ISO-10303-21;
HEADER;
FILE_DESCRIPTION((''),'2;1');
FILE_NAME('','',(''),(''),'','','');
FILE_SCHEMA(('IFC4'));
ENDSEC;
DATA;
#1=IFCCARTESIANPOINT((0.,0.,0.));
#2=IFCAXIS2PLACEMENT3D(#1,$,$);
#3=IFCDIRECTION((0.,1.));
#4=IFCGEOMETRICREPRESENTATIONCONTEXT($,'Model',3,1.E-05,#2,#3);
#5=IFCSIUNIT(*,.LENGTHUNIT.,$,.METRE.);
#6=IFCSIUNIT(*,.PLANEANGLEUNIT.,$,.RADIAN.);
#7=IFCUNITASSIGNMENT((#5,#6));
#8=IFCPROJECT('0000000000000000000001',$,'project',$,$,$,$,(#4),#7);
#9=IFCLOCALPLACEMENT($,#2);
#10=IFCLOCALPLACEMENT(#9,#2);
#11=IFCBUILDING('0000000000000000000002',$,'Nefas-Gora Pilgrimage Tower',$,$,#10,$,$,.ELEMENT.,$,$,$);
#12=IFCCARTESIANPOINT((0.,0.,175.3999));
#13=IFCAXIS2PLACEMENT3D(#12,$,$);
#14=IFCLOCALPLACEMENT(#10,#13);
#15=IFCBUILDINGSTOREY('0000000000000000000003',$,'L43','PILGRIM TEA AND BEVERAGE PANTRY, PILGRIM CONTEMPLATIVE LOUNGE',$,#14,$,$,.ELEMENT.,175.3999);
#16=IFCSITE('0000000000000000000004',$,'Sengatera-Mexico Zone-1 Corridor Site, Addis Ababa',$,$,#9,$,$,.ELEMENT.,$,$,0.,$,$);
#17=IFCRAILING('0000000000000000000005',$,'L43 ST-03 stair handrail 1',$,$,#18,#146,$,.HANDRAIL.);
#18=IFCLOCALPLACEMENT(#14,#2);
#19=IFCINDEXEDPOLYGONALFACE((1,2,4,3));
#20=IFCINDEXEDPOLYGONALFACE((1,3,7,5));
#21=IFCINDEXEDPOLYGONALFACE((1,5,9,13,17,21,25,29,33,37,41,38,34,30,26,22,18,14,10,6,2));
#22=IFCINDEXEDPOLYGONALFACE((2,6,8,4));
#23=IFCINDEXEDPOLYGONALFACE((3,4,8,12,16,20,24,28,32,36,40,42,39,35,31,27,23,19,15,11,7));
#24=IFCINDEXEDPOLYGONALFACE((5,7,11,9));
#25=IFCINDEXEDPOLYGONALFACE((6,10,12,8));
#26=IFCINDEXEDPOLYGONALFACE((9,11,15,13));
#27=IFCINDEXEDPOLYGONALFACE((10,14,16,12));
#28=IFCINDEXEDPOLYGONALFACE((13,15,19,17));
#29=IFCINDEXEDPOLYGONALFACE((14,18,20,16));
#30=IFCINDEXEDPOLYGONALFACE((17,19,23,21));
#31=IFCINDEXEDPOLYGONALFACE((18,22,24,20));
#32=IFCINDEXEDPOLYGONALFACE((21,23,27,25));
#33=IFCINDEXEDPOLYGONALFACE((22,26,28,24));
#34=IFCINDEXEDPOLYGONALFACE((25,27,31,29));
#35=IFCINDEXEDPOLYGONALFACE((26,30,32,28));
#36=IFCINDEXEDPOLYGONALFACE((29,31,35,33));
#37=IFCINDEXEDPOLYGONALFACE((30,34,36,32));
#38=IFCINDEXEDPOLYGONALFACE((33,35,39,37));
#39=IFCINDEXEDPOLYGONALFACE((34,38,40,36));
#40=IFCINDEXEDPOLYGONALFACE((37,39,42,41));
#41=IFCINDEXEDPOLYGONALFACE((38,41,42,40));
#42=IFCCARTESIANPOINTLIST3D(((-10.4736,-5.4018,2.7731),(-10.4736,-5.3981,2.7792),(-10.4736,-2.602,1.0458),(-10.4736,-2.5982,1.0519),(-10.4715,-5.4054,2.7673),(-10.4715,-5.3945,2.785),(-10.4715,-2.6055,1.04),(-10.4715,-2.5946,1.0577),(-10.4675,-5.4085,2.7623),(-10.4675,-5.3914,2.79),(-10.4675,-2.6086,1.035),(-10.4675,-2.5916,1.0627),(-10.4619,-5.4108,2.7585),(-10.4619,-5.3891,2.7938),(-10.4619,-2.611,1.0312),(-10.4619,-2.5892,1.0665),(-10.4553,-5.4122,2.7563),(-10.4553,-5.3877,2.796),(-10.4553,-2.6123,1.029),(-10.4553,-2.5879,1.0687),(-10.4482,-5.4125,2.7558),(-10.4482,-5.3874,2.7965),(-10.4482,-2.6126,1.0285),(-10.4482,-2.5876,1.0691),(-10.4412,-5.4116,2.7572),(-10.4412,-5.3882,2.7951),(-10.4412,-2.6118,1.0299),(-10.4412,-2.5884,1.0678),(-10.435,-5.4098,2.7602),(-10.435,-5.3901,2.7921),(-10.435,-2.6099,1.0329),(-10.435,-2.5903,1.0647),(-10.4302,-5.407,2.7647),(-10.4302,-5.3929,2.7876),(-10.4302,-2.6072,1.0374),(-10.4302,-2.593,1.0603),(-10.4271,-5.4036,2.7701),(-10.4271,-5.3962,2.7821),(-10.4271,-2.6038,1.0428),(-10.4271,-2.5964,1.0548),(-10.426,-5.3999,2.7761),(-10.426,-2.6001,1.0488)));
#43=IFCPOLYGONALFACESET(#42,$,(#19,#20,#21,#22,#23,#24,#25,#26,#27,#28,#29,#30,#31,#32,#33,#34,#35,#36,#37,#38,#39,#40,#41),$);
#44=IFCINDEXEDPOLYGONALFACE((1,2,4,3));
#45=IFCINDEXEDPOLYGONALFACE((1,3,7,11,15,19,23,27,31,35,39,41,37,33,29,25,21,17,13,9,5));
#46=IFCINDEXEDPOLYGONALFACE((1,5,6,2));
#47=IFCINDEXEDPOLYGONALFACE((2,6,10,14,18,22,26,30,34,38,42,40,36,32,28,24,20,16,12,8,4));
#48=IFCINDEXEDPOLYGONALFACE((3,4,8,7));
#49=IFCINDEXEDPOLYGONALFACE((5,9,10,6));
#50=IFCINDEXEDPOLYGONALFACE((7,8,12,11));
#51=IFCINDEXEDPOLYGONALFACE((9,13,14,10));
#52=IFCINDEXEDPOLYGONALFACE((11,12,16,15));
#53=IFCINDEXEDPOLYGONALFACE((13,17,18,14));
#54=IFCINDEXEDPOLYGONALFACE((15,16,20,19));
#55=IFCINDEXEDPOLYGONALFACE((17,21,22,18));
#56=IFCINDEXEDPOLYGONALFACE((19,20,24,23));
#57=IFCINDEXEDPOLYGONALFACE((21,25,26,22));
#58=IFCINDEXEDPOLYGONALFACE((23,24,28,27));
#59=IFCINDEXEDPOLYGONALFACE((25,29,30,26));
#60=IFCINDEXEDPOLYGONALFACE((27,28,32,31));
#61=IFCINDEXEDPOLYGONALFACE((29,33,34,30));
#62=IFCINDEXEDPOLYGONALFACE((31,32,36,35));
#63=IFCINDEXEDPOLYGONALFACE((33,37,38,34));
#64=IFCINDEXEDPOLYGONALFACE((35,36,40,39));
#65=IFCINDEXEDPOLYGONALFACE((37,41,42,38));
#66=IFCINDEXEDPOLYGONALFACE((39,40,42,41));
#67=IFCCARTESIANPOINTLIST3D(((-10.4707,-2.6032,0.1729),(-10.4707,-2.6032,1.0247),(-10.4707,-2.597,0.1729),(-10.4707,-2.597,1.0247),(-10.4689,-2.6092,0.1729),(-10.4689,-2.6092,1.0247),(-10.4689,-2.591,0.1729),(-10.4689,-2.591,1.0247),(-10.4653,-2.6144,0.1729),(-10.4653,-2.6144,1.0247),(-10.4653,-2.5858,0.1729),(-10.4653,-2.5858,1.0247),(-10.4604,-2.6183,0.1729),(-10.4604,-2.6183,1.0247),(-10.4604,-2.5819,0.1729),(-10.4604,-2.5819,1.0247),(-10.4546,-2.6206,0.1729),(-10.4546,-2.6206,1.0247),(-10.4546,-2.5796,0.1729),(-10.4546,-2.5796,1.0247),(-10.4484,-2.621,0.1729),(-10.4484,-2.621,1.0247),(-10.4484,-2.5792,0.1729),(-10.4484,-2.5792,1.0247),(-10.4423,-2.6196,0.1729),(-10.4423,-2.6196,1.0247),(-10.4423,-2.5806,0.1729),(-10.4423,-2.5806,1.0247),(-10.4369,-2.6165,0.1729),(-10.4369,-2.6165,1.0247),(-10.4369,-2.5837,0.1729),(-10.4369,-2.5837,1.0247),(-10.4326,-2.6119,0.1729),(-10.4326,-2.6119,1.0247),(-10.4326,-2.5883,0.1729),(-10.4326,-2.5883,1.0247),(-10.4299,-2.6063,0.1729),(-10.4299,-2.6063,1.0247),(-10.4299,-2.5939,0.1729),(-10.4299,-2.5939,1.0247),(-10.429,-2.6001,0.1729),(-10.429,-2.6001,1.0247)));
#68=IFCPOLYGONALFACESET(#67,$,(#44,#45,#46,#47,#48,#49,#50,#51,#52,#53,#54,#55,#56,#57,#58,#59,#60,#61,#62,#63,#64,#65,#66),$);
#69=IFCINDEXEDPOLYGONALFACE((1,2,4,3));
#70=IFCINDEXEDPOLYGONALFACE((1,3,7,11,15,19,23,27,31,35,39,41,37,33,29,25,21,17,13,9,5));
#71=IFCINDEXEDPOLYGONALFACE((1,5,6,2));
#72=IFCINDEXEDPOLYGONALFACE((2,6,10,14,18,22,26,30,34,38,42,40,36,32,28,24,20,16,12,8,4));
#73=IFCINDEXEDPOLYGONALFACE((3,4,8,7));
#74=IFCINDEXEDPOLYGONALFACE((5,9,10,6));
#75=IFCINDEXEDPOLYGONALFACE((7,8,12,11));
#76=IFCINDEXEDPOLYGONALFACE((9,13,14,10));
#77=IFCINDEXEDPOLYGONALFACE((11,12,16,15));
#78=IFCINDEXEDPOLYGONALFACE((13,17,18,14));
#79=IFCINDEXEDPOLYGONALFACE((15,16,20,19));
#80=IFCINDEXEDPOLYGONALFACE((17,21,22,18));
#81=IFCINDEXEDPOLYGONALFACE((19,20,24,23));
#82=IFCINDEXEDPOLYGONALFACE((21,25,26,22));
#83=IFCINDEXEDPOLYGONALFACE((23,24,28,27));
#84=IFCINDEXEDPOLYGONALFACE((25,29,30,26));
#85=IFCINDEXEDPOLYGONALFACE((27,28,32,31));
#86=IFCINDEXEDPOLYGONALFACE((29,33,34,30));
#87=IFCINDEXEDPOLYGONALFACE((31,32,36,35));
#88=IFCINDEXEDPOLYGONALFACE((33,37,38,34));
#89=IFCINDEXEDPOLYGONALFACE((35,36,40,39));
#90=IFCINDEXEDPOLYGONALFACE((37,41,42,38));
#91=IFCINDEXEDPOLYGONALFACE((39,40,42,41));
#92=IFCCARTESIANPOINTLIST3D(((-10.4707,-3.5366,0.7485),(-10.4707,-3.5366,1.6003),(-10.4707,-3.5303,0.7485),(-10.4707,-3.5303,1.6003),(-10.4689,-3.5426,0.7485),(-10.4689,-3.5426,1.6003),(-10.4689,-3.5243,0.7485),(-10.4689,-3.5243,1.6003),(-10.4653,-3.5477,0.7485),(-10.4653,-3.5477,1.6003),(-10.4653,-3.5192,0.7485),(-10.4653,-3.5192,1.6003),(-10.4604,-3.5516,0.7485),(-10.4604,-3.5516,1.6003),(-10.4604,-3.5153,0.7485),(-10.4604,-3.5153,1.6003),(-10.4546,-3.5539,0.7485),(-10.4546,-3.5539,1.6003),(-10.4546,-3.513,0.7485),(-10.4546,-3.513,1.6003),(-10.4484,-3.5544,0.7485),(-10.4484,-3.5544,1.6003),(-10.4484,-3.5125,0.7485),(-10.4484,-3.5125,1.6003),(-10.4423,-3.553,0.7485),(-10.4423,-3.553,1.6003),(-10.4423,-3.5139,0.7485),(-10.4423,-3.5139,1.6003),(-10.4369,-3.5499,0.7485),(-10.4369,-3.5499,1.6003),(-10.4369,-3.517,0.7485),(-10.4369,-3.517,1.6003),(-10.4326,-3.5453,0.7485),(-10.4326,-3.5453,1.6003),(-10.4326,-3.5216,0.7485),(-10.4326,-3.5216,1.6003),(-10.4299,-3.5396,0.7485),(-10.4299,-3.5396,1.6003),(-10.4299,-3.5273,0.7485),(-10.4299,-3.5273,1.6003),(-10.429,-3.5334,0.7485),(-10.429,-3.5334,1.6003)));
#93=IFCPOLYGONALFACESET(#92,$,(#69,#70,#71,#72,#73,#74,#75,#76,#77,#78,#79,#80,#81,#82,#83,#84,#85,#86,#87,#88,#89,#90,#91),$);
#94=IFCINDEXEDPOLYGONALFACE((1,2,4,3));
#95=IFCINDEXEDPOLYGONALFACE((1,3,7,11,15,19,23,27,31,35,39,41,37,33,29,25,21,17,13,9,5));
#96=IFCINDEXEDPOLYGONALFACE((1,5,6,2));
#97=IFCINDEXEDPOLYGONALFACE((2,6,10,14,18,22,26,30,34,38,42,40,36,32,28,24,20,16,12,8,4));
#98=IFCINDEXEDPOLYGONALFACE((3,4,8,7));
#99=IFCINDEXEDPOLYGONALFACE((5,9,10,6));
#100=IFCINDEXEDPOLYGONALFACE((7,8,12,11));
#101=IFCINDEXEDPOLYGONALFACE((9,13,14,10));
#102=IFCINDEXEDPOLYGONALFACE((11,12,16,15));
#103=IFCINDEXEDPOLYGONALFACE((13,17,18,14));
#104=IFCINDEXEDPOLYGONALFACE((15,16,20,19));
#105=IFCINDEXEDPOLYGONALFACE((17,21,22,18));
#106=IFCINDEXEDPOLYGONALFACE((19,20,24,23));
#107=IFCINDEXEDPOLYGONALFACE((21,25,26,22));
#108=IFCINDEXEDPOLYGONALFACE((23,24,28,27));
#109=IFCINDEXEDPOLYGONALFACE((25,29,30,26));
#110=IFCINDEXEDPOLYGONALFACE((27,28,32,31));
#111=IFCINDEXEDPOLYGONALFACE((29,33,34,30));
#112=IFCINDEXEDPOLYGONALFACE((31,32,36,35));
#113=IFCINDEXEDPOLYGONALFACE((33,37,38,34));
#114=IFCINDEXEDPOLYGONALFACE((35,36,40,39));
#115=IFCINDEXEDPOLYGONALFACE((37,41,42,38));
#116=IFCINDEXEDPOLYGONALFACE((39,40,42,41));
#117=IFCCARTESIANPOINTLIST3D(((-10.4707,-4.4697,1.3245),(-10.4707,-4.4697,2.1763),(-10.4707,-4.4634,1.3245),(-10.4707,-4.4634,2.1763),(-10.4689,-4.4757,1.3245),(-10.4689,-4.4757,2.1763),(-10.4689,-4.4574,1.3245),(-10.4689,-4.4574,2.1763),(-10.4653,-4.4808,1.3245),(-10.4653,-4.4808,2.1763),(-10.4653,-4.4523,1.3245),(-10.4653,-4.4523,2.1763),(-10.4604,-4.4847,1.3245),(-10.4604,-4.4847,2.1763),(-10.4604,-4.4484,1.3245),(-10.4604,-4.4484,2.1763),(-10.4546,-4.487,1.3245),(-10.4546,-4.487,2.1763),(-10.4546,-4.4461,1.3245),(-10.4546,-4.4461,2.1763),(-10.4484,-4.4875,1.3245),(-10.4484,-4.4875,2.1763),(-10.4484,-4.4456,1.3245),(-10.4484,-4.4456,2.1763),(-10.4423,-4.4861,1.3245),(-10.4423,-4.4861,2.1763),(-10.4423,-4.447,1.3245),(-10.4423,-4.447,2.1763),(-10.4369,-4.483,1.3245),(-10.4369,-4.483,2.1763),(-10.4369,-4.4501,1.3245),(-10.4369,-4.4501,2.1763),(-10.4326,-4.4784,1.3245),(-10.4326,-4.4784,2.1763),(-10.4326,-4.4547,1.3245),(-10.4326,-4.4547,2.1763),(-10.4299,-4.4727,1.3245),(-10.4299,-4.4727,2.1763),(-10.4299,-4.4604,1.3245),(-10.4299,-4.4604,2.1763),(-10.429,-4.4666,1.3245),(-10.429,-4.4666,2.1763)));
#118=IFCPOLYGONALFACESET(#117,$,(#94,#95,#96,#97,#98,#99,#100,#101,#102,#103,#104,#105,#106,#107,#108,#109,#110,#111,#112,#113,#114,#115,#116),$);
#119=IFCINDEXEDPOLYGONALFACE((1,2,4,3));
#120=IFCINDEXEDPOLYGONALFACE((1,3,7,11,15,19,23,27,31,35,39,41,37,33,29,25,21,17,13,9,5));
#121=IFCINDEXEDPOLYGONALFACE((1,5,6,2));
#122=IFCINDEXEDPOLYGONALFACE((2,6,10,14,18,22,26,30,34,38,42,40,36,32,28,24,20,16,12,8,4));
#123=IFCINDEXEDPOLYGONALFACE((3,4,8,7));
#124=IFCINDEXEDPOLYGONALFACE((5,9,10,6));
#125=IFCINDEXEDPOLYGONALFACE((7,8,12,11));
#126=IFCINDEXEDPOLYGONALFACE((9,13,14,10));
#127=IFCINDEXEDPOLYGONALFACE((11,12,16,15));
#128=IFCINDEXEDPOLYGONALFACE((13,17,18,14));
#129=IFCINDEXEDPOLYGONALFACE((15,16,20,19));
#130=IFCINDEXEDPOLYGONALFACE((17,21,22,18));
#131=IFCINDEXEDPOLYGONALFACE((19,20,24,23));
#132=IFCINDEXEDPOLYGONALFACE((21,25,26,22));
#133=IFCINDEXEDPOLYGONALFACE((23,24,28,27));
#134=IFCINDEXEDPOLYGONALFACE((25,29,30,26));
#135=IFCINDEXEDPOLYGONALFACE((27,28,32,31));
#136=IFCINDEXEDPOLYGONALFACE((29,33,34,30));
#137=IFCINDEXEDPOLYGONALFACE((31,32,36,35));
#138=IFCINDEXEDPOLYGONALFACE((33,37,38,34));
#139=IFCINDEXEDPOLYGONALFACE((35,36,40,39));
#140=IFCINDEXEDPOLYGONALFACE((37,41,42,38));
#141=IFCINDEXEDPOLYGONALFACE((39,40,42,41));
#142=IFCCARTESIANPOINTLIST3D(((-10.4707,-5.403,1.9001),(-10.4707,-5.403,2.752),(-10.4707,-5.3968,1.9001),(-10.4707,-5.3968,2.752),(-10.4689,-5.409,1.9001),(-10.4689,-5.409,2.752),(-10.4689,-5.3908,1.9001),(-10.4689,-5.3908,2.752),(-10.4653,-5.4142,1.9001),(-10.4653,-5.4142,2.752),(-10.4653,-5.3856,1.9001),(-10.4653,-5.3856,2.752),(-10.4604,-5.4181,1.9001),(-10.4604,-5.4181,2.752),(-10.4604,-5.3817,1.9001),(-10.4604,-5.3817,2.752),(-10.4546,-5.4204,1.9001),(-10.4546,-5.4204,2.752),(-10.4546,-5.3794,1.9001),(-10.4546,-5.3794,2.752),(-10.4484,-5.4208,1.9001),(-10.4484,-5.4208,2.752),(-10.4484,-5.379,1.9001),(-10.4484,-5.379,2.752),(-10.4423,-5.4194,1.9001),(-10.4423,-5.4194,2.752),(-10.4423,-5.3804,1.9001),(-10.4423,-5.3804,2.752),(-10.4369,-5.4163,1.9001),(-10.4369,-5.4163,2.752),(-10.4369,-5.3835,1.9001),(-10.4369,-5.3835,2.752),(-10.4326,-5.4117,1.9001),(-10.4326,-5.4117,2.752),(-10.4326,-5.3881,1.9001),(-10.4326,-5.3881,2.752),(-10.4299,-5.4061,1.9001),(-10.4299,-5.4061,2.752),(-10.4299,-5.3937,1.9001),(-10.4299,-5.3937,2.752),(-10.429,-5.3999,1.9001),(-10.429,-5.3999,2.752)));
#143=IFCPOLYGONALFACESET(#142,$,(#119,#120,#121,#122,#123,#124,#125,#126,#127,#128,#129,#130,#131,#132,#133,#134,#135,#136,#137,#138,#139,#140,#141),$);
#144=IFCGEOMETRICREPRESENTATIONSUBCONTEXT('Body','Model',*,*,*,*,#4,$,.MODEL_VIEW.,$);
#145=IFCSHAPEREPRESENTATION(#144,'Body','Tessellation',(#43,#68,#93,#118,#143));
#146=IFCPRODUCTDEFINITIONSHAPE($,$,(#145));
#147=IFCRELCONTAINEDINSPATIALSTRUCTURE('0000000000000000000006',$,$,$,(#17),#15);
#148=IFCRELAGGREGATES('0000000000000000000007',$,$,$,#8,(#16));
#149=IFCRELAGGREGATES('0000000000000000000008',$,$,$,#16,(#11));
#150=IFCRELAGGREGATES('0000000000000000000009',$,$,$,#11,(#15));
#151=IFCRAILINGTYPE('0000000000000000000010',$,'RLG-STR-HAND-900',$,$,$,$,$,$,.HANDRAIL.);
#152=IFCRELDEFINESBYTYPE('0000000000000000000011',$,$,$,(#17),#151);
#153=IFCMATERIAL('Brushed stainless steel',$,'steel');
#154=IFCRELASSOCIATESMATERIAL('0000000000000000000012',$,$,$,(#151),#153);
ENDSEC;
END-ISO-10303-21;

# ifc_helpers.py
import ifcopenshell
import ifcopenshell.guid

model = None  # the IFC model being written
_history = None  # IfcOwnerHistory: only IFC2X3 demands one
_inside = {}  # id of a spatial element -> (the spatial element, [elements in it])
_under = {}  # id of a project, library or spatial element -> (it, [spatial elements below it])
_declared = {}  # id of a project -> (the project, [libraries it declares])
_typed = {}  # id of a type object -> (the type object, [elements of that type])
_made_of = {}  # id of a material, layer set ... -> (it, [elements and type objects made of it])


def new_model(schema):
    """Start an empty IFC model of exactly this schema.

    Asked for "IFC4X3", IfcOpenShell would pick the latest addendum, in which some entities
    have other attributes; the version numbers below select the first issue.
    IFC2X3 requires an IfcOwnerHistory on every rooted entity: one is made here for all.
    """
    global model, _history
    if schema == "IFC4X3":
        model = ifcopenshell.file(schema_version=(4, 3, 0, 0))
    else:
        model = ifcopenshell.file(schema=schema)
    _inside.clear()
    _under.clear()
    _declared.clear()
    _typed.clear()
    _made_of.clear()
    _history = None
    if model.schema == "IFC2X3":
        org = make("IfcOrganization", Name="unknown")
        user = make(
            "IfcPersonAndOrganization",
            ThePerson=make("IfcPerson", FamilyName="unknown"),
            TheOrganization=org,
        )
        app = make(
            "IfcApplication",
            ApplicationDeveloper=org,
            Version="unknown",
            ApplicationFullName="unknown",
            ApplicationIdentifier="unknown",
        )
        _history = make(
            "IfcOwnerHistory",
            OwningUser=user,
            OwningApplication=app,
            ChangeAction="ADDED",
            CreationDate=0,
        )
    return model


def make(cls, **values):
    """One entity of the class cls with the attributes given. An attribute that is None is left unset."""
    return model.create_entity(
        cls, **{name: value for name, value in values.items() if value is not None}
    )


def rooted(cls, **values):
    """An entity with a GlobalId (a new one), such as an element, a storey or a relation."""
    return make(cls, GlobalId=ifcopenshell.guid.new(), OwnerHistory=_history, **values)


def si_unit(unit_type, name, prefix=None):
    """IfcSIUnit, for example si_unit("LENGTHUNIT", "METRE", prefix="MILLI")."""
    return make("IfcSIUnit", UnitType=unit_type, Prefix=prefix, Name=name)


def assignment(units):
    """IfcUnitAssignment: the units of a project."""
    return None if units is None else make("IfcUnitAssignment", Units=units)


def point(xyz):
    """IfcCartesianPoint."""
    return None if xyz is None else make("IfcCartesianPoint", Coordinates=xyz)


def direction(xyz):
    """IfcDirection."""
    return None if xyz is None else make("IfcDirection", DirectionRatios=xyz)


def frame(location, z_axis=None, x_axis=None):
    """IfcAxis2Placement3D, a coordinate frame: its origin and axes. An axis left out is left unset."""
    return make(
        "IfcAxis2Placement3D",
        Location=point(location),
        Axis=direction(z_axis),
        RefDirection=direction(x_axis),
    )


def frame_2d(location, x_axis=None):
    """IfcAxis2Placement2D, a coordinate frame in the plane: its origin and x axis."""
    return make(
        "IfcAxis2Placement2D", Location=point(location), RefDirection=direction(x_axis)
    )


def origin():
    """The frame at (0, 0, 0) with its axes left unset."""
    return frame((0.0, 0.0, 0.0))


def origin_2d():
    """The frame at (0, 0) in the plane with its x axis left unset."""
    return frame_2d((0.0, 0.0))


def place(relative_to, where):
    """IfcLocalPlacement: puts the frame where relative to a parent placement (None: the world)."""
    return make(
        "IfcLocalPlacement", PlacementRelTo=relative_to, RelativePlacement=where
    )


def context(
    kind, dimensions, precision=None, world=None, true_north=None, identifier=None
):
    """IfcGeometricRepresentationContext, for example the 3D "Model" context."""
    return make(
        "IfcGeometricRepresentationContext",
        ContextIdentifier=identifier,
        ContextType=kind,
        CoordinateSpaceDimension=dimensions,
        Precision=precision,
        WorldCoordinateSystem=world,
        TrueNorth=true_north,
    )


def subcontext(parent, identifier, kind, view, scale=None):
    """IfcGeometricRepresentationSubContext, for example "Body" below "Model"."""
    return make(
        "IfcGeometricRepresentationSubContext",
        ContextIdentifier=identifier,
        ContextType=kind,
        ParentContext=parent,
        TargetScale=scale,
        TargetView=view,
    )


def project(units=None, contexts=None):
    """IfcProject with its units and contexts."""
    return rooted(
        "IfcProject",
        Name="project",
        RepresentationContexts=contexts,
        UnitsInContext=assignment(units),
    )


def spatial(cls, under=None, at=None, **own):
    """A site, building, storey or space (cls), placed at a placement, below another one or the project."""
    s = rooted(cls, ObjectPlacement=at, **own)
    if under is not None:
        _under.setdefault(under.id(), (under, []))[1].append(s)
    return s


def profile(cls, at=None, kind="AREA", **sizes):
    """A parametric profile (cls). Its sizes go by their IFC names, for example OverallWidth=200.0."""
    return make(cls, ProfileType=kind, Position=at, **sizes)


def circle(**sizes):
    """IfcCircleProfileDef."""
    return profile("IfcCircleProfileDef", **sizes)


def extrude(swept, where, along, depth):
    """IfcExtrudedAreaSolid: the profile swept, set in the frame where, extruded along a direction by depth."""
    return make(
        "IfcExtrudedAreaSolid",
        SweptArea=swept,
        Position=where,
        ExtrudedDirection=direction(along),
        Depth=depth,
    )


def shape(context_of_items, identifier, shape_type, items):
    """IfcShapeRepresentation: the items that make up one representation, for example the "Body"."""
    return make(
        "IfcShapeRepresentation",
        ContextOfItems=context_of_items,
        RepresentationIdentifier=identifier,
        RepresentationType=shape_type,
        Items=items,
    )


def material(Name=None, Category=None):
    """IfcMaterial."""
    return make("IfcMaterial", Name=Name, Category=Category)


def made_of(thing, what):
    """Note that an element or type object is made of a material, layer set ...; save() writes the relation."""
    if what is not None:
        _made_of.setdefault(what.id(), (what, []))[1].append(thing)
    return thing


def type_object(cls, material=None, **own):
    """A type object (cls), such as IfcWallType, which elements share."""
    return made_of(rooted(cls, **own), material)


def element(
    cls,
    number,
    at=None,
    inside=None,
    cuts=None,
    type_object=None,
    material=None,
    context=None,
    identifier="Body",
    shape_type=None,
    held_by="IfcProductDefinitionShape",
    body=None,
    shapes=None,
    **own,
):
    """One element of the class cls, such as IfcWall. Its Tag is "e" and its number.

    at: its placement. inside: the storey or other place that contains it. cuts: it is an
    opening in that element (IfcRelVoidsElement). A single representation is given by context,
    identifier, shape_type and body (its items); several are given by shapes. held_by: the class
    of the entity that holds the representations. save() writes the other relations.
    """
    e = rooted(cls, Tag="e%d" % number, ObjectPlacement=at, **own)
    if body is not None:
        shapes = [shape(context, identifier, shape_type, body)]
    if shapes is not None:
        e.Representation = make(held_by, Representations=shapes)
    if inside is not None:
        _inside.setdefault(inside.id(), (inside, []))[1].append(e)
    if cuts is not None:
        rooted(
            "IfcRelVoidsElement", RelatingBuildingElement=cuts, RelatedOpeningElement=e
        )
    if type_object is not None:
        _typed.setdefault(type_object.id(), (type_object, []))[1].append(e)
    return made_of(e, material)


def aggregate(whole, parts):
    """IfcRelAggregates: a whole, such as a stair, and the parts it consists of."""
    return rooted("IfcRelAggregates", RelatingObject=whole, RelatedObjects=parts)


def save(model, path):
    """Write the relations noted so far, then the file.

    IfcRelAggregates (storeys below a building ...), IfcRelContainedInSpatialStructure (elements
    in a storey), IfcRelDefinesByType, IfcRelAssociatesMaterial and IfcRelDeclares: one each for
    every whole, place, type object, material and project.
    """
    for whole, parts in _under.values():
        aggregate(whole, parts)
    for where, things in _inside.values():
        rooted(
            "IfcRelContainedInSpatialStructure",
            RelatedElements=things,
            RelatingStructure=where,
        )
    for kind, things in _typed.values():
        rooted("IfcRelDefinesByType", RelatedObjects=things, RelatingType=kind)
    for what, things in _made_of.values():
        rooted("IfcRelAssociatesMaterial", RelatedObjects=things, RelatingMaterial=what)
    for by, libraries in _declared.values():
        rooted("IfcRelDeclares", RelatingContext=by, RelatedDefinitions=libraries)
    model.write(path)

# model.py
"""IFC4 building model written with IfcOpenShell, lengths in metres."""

from ifc_helpers import new_model, si_unit, direction, frame, origin, origin_2d, place, context, subcontext, project, spatial, circle, extrude, material, type_object, element, save


model = new_model("IFC4")

# Units and contexts
model_context = context("Model", 3, precision=1e-05, world=origin(), true_north=direction((0.0, 1.0)))
body_context = subcontext(model_context, "Body", "Model", "MODEL_VIEW")
ifc_project = project(units=[si_unit("LENGTHUNIT", "METRE"), si_unit("PLANEANGLEUNIT", "RADIAN")], contexts=[model_context])

# Site, building, storey
site_placement = place(None, origin())
site = spatial("IfcSite", under=ifc_project, at=site_placement, Name="Sengatera-Mexico Zone-1 Corridor Site, Addis Ababa", CompositionType="ELEMENT", RefElevation=0.0)
building_placement = place(site_placement, origin())
building = spatial("IfcBuilding", under=site, at=building_placement, Name="Nefas-Gora Pilgrimage Tower", CompositionType="ELEMENT")
storey_placement = place(building_placement, frame((0.0, 0.0, 175.3999)))
storey = spatial("IfcBuildingStorey", under=building, at=storey_placement, Name="L43", Description="PILGRIM TEA AND BEVERAGE PANTRY, PILGRIM CONTEMPLATIVE LOUNGE", CompositionType="ELEMENT", Elevation=175.3999)

# Railing
ifc_material_1 = material(Name="Brushed stainless steel", Category="steel")
railing_type_1 = type_object("IfcRailingType", Name="RLG-STR-HAND-900", PredefinedType="HANDRAIL", material=ifc_material_1)
railing_1_placement = place(storey_placement, frame((-10.45, -2.6001, 0.1729)))
element("IfcRailing", 1, at=railing_1_placement, inside=storey, type_object=railing_type_1, Name="L43 ST-03 stair handrail 1", PredefinedType="HANDRAIL", context=body_context, shape_type="SweptSolid", body=[
    extrude(circle(Radius=0.0239, at=origin_2d()), frame((0.0, 0.0, 0.876), z_axis=(0.0, -0.851069, 0.525054), x_axis=(1.0, 0.0, 0.0)), (0.0, 0.0, 1.0), 3.2898),
    extrude(circle(Radius=0.021, at=origin_2d()), origin(), (0.0, 0.0, 1.0), 0.8518),
    extrude(circle(Radius=0.021, at=origin_2d()), frame((0.0, -0.9333, 0.5757)), (0.0, 0.0, 1.0), 0.8518),
    extrude(circle(Radius=0.021, at=origin_2d()), frame((0.0, -1.8665, 1.1516)), (0.0, 0.0, 1.0), 0.8518),
    extrude(circle(Radius=0.021, at=origin_2d()), frame((0.0, -2.7998, 1.7273)), (0.0, 0.0, 1.0), 0.8518),
])

save(model, "model.ifc")
